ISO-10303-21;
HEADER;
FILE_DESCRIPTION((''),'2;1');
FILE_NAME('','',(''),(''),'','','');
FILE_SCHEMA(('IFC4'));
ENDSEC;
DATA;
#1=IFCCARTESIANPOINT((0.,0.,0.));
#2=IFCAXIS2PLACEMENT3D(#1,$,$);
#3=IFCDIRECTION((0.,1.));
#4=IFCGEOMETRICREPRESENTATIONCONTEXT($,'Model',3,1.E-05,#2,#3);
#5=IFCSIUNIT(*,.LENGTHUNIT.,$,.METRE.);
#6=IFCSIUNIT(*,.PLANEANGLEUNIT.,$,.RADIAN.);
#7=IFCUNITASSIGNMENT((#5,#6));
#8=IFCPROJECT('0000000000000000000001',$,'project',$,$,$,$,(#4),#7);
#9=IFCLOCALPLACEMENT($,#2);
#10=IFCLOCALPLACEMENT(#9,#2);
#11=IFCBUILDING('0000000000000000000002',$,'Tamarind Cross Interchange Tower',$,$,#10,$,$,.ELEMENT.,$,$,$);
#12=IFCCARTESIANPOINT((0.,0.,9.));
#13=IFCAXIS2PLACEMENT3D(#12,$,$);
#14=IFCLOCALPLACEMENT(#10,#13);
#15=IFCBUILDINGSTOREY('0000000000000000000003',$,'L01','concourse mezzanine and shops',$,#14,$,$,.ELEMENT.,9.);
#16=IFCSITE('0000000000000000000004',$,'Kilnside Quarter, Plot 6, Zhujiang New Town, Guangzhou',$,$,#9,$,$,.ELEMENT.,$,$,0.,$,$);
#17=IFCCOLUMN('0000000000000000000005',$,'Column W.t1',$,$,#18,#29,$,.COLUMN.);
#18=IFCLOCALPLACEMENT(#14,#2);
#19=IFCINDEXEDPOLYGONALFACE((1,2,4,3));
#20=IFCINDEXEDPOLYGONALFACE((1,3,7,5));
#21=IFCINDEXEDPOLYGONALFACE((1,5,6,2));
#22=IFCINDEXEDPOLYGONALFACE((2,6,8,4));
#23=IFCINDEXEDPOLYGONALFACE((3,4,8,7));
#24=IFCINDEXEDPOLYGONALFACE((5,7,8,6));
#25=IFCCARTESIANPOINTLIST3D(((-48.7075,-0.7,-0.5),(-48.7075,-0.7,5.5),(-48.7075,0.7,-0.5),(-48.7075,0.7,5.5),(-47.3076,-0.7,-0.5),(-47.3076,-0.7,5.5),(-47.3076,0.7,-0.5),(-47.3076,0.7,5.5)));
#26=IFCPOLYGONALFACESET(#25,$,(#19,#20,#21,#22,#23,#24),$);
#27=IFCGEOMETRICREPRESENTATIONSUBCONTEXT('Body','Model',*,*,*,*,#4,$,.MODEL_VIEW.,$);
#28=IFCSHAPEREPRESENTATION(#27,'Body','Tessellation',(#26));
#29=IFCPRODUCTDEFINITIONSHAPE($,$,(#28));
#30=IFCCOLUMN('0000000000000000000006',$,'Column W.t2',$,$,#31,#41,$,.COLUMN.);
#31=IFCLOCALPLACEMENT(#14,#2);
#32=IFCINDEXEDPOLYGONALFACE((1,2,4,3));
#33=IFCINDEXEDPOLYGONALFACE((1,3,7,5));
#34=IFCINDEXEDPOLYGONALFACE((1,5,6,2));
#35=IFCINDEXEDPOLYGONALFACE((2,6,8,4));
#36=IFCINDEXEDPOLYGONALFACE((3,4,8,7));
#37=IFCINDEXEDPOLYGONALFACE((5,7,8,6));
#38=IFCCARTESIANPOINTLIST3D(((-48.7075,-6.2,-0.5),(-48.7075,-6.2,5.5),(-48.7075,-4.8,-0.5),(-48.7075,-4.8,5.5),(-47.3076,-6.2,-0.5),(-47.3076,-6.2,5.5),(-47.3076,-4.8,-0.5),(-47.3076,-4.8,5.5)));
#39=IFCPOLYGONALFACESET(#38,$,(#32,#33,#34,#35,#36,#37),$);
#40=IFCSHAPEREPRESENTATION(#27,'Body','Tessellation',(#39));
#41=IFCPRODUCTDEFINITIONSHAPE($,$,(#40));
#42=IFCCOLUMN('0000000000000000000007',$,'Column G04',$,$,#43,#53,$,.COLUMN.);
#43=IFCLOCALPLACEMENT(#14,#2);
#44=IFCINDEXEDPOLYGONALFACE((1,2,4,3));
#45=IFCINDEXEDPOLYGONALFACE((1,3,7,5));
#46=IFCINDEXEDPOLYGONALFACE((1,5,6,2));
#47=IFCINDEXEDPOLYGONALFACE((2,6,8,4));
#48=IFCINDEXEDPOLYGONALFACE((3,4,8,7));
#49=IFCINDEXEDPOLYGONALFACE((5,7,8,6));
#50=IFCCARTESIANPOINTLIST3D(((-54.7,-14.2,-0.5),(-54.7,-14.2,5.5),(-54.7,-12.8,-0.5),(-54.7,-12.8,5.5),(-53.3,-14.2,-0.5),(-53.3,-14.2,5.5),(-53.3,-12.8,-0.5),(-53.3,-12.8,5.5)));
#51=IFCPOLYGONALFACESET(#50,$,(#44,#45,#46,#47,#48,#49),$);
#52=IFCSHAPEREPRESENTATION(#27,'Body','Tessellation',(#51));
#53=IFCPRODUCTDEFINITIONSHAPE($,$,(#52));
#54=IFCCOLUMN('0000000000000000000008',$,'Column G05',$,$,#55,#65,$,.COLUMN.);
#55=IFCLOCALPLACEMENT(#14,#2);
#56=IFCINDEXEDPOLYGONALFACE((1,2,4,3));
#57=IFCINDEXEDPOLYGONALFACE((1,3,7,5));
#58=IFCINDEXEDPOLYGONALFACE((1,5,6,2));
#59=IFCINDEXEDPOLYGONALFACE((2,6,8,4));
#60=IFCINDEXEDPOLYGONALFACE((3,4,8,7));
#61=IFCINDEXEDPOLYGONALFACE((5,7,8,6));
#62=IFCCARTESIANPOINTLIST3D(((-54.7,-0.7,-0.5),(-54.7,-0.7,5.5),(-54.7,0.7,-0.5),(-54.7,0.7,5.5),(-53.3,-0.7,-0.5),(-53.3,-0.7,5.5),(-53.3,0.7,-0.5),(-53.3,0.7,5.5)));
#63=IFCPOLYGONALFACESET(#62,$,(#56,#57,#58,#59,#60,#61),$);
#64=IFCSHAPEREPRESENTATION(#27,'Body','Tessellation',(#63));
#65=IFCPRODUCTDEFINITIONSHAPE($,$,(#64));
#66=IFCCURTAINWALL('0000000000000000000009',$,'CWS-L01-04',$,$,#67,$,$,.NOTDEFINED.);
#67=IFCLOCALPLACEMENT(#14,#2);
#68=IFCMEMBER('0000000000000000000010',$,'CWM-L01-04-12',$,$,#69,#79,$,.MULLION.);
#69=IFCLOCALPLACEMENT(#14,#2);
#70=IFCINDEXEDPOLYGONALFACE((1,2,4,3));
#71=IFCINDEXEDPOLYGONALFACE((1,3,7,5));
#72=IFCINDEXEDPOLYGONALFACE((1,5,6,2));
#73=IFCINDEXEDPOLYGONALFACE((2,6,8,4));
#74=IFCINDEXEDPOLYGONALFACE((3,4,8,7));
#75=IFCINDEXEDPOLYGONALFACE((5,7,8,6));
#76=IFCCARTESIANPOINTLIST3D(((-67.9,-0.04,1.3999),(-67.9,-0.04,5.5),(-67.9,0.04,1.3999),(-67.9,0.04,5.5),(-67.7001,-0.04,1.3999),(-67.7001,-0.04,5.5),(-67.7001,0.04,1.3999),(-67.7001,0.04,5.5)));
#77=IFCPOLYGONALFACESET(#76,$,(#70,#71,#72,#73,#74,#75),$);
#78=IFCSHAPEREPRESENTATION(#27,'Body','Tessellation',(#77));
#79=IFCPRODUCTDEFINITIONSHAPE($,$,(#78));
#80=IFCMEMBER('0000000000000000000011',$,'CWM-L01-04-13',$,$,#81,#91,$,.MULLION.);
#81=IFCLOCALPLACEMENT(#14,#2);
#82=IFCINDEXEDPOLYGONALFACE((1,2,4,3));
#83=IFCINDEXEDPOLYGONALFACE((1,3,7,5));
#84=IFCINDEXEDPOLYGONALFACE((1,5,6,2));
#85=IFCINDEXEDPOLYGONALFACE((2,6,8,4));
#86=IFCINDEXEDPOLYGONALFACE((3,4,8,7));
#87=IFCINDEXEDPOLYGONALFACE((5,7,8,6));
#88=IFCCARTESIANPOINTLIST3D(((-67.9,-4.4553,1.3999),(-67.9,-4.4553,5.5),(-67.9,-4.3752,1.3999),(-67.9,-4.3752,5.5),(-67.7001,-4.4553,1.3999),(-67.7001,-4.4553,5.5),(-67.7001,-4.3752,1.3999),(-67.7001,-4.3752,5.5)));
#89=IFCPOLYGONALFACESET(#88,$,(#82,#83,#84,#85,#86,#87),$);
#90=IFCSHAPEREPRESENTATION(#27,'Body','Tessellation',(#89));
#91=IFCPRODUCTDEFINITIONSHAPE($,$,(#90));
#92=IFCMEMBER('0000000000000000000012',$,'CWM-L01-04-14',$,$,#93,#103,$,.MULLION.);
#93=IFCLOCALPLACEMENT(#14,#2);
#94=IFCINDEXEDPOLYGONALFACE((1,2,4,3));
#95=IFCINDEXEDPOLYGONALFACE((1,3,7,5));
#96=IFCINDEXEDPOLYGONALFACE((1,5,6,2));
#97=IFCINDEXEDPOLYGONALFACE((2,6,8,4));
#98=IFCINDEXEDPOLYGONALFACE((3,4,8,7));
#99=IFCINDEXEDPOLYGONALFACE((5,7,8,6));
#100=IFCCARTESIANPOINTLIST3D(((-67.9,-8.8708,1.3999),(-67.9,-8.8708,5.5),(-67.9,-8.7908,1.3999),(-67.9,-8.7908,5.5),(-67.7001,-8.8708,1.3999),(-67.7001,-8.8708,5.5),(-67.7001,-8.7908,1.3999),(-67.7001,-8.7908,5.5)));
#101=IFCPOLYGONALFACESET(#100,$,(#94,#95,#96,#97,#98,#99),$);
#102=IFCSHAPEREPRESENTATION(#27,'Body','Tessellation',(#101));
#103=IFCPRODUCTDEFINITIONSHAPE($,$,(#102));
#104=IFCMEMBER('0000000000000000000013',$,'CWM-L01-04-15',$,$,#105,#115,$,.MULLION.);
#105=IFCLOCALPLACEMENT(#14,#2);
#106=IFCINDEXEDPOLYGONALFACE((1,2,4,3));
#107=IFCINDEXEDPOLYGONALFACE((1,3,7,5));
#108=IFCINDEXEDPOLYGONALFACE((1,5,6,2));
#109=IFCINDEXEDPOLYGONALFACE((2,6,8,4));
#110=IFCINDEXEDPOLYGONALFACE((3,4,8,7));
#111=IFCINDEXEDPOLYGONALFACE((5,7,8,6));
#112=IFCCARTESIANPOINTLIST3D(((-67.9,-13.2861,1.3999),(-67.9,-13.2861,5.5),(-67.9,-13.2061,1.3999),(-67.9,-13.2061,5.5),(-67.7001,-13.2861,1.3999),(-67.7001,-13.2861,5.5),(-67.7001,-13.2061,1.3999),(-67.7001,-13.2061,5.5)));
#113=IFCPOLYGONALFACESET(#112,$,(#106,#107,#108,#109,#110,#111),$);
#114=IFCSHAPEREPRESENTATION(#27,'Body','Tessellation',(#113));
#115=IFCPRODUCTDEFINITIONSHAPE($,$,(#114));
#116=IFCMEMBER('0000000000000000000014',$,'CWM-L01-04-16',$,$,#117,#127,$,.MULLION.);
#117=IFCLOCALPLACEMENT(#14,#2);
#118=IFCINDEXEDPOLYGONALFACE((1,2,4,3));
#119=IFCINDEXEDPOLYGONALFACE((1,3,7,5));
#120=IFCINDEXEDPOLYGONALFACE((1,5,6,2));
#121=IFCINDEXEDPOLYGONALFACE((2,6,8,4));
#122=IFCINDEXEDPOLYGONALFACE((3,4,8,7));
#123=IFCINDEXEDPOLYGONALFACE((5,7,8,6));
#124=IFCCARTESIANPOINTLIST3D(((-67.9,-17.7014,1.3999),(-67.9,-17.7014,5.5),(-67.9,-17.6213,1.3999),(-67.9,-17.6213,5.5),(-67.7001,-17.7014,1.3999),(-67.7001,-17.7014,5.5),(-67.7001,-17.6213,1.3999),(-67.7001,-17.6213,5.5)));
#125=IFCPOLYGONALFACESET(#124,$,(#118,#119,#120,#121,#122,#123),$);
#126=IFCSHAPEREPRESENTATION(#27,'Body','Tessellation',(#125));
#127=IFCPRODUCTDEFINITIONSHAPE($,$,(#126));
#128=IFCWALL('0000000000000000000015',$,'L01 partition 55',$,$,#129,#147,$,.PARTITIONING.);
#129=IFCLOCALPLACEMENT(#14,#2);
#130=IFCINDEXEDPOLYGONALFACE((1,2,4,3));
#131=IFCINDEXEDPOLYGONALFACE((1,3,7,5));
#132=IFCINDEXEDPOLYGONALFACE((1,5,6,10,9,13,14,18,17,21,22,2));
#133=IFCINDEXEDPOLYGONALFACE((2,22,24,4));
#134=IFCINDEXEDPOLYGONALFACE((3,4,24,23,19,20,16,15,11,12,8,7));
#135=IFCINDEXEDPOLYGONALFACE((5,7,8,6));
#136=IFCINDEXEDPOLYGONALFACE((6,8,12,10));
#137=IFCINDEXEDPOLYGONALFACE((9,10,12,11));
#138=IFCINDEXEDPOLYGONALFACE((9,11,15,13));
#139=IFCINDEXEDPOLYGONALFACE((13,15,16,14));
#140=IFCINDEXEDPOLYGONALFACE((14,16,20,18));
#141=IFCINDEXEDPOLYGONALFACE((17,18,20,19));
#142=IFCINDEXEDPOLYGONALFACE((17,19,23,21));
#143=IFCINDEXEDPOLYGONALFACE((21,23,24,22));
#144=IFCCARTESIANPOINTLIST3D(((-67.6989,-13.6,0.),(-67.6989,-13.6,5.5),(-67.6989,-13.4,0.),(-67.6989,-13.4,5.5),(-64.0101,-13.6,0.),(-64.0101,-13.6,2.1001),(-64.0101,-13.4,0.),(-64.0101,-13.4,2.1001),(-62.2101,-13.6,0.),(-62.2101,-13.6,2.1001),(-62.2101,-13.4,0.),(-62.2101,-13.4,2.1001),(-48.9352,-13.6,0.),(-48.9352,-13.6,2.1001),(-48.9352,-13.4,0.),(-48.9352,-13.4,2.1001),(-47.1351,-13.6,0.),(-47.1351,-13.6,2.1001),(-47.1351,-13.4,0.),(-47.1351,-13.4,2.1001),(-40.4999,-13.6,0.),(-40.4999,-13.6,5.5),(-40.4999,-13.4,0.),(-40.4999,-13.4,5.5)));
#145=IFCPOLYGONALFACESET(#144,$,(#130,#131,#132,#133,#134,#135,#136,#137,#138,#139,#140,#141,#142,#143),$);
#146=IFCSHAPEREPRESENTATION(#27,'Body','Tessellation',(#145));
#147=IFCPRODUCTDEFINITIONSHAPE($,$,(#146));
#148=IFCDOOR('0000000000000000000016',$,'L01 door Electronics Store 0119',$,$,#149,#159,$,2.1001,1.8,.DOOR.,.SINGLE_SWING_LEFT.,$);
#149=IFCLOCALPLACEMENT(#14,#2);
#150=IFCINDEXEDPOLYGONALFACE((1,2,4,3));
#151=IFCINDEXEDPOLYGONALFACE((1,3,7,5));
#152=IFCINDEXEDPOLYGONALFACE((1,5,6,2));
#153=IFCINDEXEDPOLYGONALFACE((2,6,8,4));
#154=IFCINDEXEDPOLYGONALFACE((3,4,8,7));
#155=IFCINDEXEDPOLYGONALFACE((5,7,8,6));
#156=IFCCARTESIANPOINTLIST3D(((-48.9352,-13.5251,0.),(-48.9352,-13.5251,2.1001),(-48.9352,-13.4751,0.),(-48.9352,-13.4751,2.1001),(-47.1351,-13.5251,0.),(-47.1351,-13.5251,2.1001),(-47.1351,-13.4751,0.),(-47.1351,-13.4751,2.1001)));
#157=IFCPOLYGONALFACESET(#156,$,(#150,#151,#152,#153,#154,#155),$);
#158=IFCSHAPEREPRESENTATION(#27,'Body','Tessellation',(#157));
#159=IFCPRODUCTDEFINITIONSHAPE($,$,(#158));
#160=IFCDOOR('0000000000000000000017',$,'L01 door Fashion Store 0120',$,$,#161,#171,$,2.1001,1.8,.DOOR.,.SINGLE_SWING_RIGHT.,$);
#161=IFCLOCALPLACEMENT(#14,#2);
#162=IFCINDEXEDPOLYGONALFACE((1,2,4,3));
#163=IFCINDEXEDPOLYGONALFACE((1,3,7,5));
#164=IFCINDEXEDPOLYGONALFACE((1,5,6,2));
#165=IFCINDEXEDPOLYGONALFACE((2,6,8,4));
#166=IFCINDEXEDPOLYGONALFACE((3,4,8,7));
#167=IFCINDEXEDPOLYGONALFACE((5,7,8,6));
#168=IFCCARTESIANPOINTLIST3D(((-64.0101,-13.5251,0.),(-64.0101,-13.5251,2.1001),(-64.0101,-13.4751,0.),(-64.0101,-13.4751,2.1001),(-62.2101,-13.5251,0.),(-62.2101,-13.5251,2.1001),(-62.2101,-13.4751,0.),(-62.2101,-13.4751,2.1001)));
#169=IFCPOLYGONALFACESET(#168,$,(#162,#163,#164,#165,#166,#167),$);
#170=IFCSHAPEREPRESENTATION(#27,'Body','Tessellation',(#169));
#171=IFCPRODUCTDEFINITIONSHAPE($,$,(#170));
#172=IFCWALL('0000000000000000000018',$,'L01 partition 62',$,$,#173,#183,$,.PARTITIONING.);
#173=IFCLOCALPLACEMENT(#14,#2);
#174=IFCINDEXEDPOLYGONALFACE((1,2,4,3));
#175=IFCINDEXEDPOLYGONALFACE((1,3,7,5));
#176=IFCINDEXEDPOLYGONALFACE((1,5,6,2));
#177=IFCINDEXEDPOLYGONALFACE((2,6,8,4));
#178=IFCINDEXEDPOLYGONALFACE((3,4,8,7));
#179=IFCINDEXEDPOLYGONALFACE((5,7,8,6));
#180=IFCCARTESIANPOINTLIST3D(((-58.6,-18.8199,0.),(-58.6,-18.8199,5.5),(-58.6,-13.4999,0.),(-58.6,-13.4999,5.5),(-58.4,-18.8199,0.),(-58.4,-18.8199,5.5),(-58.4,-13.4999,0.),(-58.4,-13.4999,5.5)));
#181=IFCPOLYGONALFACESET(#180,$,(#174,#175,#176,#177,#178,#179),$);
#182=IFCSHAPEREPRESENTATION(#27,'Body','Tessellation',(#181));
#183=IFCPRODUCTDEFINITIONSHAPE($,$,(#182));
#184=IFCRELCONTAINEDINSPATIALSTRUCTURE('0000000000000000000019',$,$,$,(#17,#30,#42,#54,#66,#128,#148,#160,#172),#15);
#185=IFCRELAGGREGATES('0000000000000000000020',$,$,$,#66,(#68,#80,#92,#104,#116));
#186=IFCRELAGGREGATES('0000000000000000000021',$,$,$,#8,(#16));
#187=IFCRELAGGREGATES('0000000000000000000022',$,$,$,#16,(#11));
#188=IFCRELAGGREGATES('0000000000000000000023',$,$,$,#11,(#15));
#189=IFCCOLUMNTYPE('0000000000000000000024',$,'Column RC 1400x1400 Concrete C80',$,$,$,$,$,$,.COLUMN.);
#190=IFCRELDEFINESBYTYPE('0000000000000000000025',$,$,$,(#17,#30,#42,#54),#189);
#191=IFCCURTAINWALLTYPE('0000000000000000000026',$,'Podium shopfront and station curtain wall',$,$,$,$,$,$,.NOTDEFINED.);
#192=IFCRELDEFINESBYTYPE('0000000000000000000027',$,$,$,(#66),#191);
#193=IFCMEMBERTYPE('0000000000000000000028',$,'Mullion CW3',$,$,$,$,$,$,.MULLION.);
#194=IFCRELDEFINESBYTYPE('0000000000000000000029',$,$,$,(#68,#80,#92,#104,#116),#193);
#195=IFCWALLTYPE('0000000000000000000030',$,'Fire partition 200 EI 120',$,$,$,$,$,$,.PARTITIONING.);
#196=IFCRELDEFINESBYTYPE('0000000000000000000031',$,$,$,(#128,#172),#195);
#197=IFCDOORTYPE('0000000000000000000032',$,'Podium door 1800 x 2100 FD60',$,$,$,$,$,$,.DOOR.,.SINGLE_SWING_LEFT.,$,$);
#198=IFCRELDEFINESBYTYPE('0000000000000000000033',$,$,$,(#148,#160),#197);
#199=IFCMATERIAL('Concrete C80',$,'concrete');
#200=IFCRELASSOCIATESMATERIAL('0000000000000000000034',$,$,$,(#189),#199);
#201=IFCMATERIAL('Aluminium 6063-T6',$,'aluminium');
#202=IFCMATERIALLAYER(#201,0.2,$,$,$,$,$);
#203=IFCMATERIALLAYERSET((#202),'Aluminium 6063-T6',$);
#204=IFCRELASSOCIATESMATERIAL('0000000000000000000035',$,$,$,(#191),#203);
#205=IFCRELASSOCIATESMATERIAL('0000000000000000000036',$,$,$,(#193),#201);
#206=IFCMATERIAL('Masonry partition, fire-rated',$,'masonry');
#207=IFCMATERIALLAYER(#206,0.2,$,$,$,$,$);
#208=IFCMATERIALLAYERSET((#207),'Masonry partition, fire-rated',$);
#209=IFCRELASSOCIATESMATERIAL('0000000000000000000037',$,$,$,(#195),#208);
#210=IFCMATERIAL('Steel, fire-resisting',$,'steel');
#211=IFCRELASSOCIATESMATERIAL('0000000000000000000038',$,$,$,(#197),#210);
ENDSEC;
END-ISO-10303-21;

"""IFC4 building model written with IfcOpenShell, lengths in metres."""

from ifc_helpers import new_model, si_unit, direction, frame, frame_2d, origin, origin_2d, place, context, subcontext, project, spatial, rectangle, extrude, material, layer, layer_set, material_profile, profile_set, type_object, element, fill, aggregate, save


model = new_model("IFC4")

# Units and contexts
model_context = context("Model", 3, precision=1e-05, world=origin(), true_north=direction((0.0, 1.0)))
body_context = subcontext(model_context, "Body", "Model", "MODEL_VIEW")
ifc_project = project(units=[si_unit("LENGTHUNIT", "METRE"), si_unit("PLANEANGLEUNIT", "RADIAN")], contexts=[model_context])

# Site, building, storey
site_placement = place(None, origin())
site = spatial("IfcSite", under=ifc_project, at=site_placement, Name="Kilnside Quarter, Plot 6, Zhujiang New Town, Guangzhou", CompositionType="ELEMENT", RefElevation=0.0)
building_placement = place(site_placement, origin())
building = spatial("IfcBuilding", under=site, at=building_placement, Name="Tamarind Cross Interchange Tower", CompositionType="ELEMENT")
storey_placement = place(building_placement, frame((0.0, 0.0, 9.0)))
storey = spatial("IfcBuildingStorey", under=building, at=storey_placement, Name="L01", Description="concourse mezzanine and shops", CompositionType="ELEMENT", Elevation=9.0)

# Columns
ifc_material_1 = material(Name="Concrete C80", Category="concrete")
ifc_material_profile_1 = material_profile(ifc_material_1, rectangle(XDim=1.3999, YDim=1.3999, at=origin_2d()), Name="RC 1400x1400")
ifc_profile_set_1 = profile_set([ifc_material_profile_1], Name="Concrete C80")
column_type = type_object("IfcColumnType", Name="Column RC 1400x1400 Concrete C80", PredefinedType="COLUMN", material=ifc_profile_set_1)
for number, where, z_axis, x_axis, name in (
    (1, (-48.0076, 0.0, -0.5), (0.0, 0.0, 1.0), (1.0, 0.0, 0.0), "Column W.t1"),
    (2, (-48.0076, -5.5, -0.5), (0.0, 0.0, 1.0), (1.0, 0.0, 0.0), "Column W.t2"),
    (3, (-54.0, -13.5, -0.5), (0.0, 0.0, 1.0), (1.0, 0.0, 0.0), "Column G04"),
    (4, (-54.0, 0.0, -0.5), (0.0, 0.0, 1.0), (1.0, 0.0, 0.0), "Column G05"),
):
    element("IfcColumn", number, at=place(storey_placement, frame(where, z_axis=z_axis, x_axis=x_axis)), inside=storey, type_object=column_type, Name=name, PredefinedType="COLUMN", context=body_context, shape_type="SweptSolid", body=[
        extrude(rectangle(XDim=1.3999, YDim=1.3999, at=origin_2d()), origin(), (0.0, 0.0, 1.0), 6.0),
    ])

# Curtain wall, members
ifc_material_2 = material(Name="Aluminium 6063-T6", Category="aluminium")
ifc_layer_1 = layer(ifc_material_2, 0.2)
ifc_layer_set_1 = layer_set([ifc_layer_1], Name="Aluminium 6063-T6")
curtain_wall_type = type_object("IfcCurtainWallType", Name="Podium shopfront and station curtain wall", PredefinedType="NOTDEFINED", material=ifc_layer_set_1)
curtain_wall_placement = place(storey_placement, origin())
curtain_wall = element("IfcCurtainWall", 5, at=curtain_wall_placement, inside=storey, type_object=curtain_wall_type, Name="CWS-L01-04", PredefinedType="NOTDEFINED")
ifc_material_profile_2 = material_profile(ifc_material_2, rectangle(XDim=0.0801, YDim=0.2, at=origin_2d()), Name="Mullion CW3")
ifc_profile_set_2 = profile_set([ifc_material_profile_2], Name="Aluminium 6063-T6")
member_type = type_object("IfcMemberType", Name="Mullion CW3", PredefinedType="MULLION", material=ifc_profile_set_2)
member_1_placement = place(storey_placement, frame((-67.8, 0.0, 1.3999), z_axis=(0.0, 0.0, 1.0), x_axis=(0.0, -1.0, 0.0)))
member_1 = element("IfcMember", 6, at=member_1_placement, type_object=member_type, Name="CWM-L01-04-12", PredefinedType="MULLION", context=body_context, shape_type="SweptSolid", body=[
    extrude(rectangle(XDim=0.0801, YDim=0.2, at=origin_2d()), origin(), (0.0, 0.0, 1.0), 4.1001),
])
member_2_placement = place(storey_placement, frame((-67.8, -4.4153, 1.3999), z_axis=(0.0, 0.0, 1.0), x_axis=(0.0, -1.0, 0.0)))
member_2 = element("IfcMember", 7, at=member_2_placement, type_object=member_type, Name="CWM-L01-04-13", PredefinedType="MULLION", context=body_context, shape_type="SweptSolid", body=[
    extrude(rectangle(XDim=0.0801, YDim=0.2, at=origin_2d()), origin(), (0.0, 0.0, 1.0), 4.1001),
])
member_3_placement = place(storey_placement, frame((-67.8, -8.8308, 1.3999), z_axis=(0.0, 0.0, 1.0), x_axis=(0.0, -1.0, 0.0)))
member_3 = element("IfcMember", 8, at=member_3_placement, type_object=member_type, Name="CWM-L01-04-14", PredefinedType="MULLION", context=body_context, shape_type="SweptSolid", body=[
    extrude(rectangle(XDim=0.0801, YDim=0.2, at=origin_2d()), origin(), (0.0, 0.0, 1.0), 4.1001),
])
member_4_placement = place(storey_placement, frame((-67.8, -13.2461, 1.3999), z_axis=(0.0, 0.0, 1.0), x_axis=(0.0, -1.0, 0.0)))
member_4 = element("IfcMember", 9, at=member_4_placement, type_object=member_type, Name="CWM-L01-04-15", PredefinedType="MULLION", context=body_context, shape_type="SweptSolid", body=[
    extrude(rectangle(XDim=0.0801, YDim=0.2, at=origin_2d()), origin(), (0.0, 0.0, 1.0), 4.1001),
])
member_5_placement = place(storey_placement, frame((-67.8, -17.6614, 1.3999), z_axis=(0.0, 0.0, 1.0), x_axis=(0.0, -1.0, 0.0)))
member_5 = element("IfcMember", 10, at=member_5_placement, type_object=member_type, Name="CWM-L01-04-16", PredefinedType="MULLION", context=body_context, shape_type="SweptSolid", body=[
    extrude(rectangle(XDim=0.0801, YDim=0.2, at=origin_2d()), origin(), (0.0, 0.0, 1.0), 4.1001),
])
aggregate(curtain_wall, [member_1, member_2, member_3, member_4, member_5])

# Wall, openings, doors
ifc_material_3 = material(Name="Masonry partition, fire-rated", Category="masonry")
ifc_layer_2 = layer(ifc_material_3, 0.2)
ifc_layer_set_2 = layer_set([ifc_layer_2], Name="Masonry partition, fire-rated")
wall_type_1 = type_object("IfcWallType", Name="Fire partition 200 EI 120", PredefinedType="PARTITIONING", material=ifc_layer_set_2)
wall_1_placement = place(storey_placement, frame((-67.699, -13.5, 0.0), z_axis=(0.0, 0.0, 1.0), x_axis=(1.0, 0.0, 0.0)))
wall_1 = element("IfcWall", 11, at=wall_1_placement, inside=storey, type_object=wall_type_1, Name="L01 partition 55", PredefinedType="PARTITIONING", context=body_context, shape_type="SweptSolid", body=[
    extrude(rectangle(XDim=27.199, YDim=0.2, at=frame_2d((13.5996, 0.0))), origin(), (0.0, 0.0, 1.0), 5.5),
])
opening_1_placement = place(wall_1_placement, frame((18.7639, 0.0, 0.0)))
opening_1 = element("IfcOpeningElement", 12, at=opening_1_placement, cuts=wall_1, PredefinedType="OPENING", context=body_context, shape_type="SweptSolid", body=[
    extrude(rectangle(XDim=1.8, YDim=2.1001, at=frame_2d((0.8999, 1.05))), frame((0.0, 0.1099, 0.0), z_axis=(0.0, -1.0, 0.0), x_axis=(1.0, 0.0, 0.0)), (0.0, 0.0, 1.0), 0.22),
])
opening_2_placement = place(wall_1_placement, frame((3.689, 0.0, 0.0)))
opening_2 = element("IfcOpeningElement", 13, at=opening_2_placement, cuts=wall_1, PredefinedType="OPENING", context=body_context, shape_type="SweptSolid", body=[
    extrude(rectangle(XDim=1.8, YDim=2.1001, at=frame_2d((0.8999, 1.05))), frame((0.0, 0.1099, 0.0), z_axis=(0.0, -1.0, 0.0), x_axis=(1.0, 0.0, 0.0)), (0.0, 0.0, 1.0), 0.22),
])
ifc_material_4 = material(Name="Steel, fire-resisting", Category="steel")
door_type = type_object("IfcDoorType", Name="Podium door 1800 x 2100 FD60", OperationType="SINGLE_SWING_LEFT", PredefinedType="DOOR", material=ifc_material_4)
door_1_placement = place(opening_1_placement, origin())
door_1 = element("IfcDoor", 14, at=door_1_placement, inside=storey, type_object=door_type, Name="L01 door Electronics Store 0119", OperationType="SINGLE_SWING_LEFT", OverallHeight=2.1001, OverallWidth=1.8, PredefinedType="DOOR", context=body_context, shape_type="SweptSolid", body=[
    extrude(rectangle(XDim=1.8, YDim=2.1001, at=frame_2d((0.8999, 1.05))), frame((0.0, 0.0249, 0.0), z_axis=(0.0, -1.0, 0.0), x_axis=(1.0, 0.0, 0.0)), (0.0, 0.0, 1.0), 0.05),
])
fill(opening_1, door_1)
door_2_placement = place(opening_2_placement, origin())
door_2 = element("IfcDoor", 15, at=door_2_placement, inside=storey, type_object=door_type, Name="L01 door Fashion Store 0120", OperationType="SINGLE_SWING_RIGHT", OverallHeight=2.1001, OverallWidth=1.8, PredefinedType="DOOR", context=body_context, shape_type="SweptSolid", body=[
    extrude(rectangle(XDim=1.8, YDim=2.1001, at=frame_2d((0.8999, 1.05))), frame((0.0, 0.0249, 0.0), z_axis=(0.0, -1.0, 0.0), x_axis=(1.0, 0.0, 0.0)), (0.0, 0.0, 1.0), 0.05),
])
fill(opening_2, door_2)

# Wall
wall_2_placement = place(storey_placement, frame((-58.5, -18.8201, 0.0), z_axis=(0.0, 0.0, 1.0), x_axis=(0.0, 1.0, 0.0)))
element("IfcWall", 16, at=wall_2_placement, inside=storey, type_object=wall_type_1, Name="L01 partition 62", PredefinedType="PARTITIONING", context=body_context, shape_type="SweptSolid", body=[
    extrude(rectangle(XDim=5.3201, YDim=0.2, at=frame_2d((2.6602, 0.0))), origin(), (0.0, 0.0, 1.0), 5.5),
])

save(model, "model.ifc")
